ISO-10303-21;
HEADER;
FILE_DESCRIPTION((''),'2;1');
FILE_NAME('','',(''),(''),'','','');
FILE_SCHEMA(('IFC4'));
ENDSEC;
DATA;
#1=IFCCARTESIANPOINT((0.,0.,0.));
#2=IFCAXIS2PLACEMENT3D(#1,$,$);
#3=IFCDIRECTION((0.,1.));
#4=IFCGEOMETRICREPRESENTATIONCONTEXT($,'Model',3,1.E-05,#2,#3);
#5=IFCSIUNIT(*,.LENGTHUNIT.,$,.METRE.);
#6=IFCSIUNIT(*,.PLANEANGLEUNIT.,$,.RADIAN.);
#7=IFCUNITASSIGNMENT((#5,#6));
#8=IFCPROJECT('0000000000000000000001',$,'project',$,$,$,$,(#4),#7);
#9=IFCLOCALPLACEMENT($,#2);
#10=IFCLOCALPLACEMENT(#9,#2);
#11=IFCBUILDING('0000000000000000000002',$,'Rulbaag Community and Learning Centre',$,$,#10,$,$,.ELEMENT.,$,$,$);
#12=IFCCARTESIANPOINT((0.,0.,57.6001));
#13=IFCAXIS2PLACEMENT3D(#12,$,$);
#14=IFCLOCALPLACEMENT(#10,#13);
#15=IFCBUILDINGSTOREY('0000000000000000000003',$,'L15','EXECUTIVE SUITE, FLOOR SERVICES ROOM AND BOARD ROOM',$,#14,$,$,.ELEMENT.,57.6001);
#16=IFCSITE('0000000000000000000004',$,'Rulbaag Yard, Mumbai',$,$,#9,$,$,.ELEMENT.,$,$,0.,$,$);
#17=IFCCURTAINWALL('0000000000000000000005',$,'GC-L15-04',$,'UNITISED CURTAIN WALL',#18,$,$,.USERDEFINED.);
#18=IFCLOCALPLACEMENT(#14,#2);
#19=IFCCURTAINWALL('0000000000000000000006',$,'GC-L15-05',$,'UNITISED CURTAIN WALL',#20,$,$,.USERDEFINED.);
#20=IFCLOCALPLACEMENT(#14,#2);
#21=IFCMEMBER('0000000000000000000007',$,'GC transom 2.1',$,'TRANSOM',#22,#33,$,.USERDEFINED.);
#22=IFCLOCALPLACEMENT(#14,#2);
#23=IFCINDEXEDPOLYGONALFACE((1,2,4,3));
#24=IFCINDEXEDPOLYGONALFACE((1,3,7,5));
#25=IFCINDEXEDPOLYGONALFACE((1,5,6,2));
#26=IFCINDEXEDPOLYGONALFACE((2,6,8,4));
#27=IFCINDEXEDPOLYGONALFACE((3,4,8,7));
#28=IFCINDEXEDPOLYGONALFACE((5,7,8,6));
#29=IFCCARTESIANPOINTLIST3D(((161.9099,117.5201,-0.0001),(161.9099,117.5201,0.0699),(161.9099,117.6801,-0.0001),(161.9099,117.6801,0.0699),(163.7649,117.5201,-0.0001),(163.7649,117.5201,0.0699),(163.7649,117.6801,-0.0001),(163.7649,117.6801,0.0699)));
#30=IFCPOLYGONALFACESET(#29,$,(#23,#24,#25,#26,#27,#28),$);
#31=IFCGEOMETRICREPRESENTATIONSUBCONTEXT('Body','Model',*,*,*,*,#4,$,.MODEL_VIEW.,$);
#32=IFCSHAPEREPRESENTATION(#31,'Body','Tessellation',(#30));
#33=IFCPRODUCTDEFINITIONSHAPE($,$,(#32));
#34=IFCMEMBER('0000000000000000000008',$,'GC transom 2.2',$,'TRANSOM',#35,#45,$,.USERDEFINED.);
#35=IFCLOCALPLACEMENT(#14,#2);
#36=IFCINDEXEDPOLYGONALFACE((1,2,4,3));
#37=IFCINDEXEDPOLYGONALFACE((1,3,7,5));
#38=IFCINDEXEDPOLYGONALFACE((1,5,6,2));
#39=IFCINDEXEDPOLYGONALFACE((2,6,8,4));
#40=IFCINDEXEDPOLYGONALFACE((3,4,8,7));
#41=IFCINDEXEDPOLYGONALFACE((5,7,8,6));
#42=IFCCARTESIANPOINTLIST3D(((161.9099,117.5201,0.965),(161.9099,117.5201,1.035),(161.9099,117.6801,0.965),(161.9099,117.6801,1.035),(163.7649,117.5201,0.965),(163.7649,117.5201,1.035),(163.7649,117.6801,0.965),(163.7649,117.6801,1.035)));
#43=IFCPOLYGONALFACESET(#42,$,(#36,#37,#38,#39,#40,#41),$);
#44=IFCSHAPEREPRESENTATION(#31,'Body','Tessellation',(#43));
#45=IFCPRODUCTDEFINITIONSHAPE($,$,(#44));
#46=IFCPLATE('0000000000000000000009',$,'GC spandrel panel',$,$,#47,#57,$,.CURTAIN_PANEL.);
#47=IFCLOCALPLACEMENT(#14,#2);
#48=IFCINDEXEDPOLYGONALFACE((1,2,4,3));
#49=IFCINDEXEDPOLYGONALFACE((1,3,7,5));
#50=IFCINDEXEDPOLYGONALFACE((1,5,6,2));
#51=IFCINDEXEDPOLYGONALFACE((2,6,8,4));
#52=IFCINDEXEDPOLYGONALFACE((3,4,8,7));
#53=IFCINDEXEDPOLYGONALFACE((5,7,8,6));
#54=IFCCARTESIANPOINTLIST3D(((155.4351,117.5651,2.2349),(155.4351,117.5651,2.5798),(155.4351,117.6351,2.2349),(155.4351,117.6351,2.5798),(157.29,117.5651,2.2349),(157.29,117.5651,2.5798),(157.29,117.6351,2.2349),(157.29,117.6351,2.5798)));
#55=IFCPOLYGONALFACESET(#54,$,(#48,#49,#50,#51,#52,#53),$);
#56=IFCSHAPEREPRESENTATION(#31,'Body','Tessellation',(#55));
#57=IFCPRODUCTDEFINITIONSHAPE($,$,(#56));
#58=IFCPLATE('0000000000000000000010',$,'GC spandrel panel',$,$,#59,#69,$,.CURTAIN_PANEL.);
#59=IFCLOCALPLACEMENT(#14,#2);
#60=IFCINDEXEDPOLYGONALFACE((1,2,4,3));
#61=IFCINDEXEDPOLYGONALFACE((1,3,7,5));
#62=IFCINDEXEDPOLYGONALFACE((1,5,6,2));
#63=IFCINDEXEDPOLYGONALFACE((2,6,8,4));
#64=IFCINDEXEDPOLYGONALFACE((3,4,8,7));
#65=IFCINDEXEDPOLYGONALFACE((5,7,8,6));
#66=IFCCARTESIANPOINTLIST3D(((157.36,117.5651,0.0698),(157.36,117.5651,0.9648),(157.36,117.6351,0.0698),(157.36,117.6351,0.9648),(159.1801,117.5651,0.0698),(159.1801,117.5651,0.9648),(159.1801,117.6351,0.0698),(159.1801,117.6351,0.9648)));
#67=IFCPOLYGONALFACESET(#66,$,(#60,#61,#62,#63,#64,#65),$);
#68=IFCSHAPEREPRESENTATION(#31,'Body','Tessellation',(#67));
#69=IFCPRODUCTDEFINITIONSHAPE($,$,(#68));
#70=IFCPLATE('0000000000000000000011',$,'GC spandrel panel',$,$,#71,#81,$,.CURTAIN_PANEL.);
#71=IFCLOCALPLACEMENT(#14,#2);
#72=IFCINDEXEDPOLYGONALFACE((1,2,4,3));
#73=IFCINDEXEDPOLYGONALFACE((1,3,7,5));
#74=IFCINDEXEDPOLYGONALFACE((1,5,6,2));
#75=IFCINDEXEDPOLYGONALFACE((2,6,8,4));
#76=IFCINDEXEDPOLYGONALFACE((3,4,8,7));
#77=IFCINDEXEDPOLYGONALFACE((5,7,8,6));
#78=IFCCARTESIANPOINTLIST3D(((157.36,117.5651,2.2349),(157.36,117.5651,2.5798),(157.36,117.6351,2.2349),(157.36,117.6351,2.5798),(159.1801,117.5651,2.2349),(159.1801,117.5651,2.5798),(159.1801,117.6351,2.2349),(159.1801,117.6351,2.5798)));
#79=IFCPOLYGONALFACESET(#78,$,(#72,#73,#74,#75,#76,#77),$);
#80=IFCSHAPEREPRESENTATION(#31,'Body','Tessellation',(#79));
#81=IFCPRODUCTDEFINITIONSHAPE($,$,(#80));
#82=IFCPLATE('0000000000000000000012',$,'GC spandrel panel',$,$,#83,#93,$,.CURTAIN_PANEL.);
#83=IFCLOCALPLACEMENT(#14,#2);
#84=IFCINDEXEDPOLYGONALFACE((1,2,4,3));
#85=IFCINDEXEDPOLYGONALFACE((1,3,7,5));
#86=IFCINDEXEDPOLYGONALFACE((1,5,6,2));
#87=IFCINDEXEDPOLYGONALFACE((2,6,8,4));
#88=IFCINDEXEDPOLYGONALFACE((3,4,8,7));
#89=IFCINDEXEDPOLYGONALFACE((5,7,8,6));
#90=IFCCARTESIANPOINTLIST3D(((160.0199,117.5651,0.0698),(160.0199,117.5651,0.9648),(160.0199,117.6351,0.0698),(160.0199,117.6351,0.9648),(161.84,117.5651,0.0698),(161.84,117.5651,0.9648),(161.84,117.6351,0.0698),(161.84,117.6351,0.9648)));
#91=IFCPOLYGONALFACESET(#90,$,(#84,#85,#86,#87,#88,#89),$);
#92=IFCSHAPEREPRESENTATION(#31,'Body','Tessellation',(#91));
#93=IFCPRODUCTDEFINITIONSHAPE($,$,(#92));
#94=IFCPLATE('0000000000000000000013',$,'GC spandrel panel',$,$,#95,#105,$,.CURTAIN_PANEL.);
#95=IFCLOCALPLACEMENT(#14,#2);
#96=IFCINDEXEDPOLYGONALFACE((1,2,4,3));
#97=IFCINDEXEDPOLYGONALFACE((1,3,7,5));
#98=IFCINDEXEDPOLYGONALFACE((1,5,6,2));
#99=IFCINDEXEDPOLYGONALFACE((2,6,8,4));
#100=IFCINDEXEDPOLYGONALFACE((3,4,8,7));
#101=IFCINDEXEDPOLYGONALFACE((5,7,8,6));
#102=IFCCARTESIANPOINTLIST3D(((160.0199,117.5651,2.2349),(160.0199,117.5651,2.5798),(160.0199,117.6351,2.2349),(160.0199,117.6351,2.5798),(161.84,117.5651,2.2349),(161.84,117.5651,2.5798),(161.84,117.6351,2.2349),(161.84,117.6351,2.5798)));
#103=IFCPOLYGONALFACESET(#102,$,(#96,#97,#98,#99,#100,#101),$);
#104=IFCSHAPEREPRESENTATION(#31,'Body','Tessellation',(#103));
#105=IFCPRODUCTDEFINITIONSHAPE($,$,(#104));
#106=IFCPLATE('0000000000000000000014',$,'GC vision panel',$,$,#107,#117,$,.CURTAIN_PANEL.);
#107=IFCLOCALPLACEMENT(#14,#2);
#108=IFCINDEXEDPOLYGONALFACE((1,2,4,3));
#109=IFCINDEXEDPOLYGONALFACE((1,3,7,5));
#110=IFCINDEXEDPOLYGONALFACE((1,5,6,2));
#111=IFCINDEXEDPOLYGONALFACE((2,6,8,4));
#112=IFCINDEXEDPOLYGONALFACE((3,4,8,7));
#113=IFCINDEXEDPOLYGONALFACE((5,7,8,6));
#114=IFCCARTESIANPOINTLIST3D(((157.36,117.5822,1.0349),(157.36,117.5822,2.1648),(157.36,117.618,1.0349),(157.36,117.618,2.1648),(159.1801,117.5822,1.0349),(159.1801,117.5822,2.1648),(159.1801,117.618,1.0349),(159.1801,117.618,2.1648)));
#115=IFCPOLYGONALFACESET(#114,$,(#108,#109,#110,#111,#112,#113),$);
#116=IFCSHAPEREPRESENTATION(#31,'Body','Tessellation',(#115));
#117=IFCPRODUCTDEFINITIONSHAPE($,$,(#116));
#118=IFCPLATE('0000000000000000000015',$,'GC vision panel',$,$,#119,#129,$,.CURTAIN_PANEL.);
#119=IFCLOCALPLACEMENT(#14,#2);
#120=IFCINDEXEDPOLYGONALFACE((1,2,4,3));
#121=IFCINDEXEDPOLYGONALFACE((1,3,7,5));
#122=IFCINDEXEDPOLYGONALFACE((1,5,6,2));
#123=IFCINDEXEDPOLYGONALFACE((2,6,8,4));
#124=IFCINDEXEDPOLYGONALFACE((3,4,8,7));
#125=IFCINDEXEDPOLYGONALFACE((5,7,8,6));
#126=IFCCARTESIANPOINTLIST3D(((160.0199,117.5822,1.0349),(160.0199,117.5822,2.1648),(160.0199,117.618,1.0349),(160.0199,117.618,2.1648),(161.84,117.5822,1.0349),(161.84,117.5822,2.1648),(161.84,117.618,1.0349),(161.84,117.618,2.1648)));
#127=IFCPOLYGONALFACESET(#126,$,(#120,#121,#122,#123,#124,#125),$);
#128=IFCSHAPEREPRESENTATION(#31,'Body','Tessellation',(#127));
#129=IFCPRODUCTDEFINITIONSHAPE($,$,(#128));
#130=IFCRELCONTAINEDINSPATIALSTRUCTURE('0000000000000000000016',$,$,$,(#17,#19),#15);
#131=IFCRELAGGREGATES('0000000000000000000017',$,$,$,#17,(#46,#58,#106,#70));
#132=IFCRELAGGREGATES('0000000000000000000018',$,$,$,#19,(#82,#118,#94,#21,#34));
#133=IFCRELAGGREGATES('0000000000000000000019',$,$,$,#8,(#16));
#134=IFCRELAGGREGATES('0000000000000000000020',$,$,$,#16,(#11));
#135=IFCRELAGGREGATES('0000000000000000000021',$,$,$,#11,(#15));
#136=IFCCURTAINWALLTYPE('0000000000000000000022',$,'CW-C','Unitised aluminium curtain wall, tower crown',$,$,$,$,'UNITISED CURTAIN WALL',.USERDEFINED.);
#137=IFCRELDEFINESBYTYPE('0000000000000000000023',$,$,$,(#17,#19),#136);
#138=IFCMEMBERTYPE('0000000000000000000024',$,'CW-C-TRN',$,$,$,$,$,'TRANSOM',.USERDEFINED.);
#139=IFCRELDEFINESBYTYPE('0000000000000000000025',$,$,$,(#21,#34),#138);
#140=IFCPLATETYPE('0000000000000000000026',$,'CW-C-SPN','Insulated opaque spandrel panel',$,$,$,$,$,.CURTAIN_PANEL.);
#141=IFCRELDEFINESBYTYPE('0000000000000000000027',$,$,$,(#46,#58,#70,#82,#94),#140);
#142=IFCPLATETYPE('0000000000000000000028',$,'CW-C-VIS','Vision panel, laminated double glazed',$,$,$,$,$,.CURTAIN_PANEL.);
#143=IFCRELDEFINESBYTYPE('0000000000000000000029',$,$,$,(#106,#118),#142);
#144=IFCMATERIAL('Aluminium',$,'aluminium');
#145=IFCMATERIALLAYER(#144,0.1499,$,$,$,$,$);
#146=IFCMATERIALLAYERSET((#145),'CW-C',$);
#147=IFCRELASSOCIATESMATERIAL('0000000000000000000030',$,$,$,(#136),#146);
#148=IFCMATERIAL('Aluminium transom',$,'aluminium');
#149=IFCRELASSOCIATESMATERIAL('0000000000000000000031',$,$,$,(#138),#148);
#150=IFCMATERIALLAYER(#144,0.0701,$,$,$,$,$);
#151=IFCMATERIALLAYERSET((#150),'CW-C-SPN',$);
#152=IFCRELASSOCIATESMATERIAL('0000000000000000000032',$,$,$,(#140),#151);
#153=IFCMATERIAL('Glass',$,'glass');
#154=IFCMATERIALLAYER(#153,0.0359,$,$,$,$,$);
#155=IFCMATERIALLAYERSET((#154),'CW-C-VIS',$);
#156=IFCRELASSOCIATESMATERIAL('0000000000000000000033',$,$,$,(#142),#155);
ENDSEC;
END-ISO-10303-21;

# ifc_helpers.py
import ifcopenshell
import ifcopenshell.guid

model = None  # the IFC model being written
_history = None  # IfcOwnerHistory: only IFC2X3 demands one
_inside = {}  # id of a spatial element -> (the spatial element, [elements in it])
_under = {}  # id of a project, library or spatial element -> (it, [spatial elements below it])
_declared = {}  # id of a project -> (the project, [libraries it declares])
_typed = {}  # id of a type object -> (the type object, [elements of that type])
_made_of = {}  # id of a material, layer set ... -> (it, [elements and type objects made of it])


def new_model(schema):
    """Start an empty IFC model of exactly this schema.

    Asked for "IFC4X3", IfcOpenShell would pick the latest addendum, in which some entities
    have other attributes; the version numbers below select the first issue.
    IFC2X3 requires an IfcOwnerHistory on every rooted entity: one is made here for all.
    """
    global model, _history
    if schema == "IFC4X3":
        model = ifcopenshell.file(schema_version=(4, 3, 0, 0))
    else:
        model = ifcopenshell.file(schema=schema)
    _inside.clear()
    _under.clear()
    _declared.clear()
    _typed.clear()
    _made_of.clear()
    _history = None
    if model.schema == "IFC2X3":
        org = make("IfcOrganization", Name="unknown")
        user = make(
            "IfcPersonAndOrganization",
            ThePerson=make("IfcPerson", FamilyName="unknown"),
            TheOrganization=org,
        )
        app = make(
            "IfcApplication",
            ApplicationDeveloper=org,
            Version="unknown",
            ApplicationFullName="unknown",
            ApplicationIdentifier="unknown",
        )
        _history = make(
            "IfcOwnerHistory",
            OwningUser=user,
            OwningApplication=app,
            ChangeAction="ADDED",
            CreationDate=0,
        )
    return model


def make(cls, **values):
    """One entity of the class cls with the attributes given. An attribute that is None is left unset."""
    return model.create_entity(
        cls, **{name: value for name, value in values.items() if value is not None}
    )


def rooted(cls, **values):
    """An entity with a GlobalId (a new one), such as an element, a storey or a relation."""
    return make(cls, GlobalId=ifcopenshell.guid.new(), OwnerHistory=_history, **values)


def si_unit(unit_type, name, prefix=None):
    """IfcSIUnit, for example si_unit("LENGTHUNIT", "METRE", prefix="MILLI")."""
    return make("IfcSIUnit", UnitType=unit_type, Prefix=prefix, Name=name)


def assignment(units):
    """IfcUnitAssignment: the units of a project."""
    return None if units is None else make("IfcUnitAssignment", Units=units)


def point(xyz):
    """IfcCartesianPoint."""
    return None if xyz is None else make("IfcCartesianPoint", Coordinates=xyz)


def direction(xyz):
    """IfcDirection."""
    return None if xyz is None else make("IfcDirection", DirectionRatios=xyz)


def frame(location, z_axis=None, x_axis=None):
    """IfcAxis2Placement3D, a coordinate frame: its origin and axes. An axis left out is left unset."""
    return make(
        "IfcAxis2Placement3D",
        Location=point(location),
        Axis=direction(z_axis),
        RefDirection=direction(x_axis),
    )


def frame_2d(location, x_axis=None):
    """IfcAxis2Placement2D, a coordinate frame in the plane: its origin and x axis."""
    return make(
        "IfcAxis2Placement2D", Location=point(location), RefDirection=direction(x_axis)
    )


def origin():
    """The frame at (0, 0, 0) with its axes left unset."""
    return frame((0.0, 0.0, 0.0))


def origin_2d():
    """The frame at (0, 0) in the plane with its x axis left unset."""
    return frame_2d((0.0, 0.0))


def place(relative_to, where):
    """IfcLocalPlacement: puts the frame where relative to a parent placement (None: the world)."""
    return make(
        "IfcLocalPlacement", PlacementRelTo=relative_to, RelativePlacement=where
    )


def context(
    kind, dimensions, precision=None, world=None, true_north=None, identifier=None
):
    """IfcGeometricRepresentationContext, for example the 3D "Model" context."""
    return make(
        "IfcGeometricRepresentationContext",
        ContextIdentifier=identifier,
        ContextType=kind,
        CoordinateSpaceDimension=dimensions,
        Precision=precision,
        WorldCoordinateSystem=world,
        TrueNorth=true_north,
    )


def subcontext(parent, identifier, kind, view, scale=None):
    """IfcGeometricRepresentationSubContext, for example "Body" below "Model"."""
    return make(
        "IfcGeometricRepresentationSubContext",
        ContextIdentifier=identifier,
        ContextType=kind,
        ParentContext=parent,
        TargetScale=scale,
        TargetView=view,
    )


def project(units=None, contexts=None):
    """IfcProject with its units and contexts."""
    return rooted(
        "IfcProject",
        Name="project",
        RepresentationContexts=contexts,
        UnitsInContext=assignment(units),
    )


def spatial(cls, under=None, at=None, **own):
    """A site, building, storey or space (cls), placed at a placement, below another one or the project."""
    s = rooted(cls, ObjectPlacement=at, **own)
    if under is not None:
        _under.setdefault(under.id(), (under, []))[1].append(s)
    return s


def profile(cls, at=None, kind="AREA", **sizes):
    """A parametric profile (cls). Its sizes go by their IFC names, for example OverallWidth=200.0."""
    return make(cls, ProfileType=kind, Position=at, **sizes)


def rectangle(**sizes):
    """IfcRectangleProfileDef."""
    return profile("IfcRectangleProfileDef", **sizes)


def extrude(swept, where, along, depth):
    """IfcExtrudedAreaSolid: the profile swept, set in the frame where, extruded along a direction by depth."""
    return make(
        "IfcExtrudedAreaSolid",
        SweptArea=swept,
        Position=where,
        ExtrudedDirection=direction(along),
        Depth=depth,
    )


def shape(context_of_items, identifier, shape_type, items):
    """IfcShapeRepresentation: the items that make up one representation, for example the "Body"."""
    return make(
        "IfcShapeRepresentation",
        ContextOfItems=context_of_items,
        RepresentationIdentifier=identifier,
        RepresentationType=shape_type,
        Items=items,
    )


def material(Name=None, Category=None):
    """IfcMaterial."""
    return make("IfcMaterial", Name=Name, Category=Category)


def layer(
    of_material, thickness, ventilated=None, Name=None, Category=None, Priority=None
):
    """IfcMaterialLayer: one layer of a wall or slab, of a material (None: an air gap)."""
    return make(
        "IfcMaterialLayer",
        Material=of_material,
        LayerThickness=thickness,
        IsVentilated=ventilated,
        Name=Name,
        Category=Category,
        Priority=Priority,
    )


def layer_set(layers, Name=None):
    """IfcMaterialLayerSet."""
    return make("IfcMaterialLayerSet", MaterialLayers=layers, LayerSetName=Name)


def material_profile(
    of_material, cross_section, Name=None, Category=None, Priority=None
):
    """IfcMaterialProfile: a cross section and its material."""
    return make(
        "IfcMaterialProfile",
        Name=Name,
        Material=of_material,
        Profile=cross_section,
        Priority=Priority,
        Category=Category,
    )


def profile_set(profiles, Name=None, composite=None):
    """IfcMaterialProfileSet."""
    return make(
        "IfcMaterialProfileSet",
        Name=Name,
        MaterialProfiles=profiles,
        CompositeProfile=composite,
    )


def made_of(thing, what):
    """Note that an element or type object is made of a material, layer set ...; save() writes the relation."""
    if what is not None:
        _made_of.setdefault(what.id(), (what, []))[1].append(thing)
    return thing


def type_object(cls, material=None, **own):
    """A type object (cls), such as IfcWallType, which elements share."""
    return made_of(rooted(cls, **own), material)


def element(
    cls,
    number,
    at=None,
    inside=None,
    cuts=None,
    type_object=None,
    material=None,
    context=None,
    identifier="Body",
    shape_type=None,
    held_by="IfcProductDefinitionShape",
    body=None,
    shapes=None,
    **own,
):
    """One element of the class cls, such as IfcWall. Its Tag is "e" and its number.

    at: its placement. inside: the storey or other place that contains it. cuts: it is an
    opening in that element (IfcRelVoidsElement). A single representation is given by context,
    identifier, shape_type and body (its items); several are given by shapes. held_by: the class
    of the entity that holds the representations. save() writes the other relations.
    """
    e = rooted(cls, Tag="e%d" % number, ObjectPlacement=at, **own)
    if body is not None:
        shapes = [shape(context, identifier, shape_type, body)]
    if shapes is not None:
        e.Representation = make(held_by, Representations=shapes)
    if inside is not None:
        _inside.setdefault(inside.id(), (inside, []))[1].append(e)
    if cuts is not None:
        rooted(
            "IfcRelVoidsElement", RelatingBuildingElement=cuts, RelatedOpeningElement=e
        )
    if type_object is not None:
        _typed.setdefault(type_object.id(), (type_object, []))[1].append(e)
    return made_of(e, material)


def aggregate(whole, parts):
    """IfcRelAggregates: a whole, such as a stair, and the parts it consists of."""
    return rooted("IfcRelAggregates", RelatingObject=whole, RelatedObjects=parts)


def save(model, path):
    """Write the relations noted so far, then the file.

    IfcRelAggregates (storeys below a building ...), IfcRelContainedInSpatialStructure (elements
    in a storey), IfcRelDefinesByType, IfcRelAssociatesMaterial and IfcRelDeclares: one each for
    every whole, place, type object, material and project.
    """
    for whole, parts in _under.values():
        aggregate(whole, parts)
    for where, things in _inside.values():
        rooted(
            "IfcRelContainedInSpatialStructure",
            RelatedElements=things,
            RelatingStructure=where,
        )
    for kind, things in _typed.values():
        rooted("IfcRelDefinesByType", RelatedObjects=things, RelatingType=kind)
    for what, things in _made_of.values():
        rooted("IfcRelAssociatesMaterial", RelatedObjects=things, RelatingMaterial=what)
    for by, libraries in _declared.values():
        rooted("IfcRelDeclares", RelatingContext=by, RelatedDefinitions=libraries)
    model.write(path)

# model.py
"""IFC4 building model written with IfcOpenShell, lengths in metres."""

from ifc_helpers import new_model, si_unit, direction, frame, origin, origin_2d, place, context, subcontext, project, spatial, rectangle, extrude, material, layer, layer_set, material_profile, profile_set, type_object, element, aggregate, save


model = new_model("IFC4")

# Units and contexts
model_context = context("Model", 3, precision=1e-05, world=origin(), true_north=direction((0.0, 1.0)))
body_context = subcontext(model_context, "Body", "Model", "MODEL_VIEW")
ifc_project = project(units=[si_unit("LENGTHUNIT", "METRE"), si_unit("PLANEANGLEUNIT", "RADIAN")], contexts=[model_context])

# Site, building, storey
site_placement = place(None, origin())
site = spatial("IfcSite", under=ifc_project, at=site_placement, Name="Rulbaag Yard, Mumbai", CompositionType="ELEMENT", RefElevation=0.0)
building_placement = place(site_placement, origin())
building = spatial("IfcBuilding", under=site, at=building_placement, Name="Rulbaag Community and Learning Centre", CompositionType="ELEMENT")
storey_placement = place(building_placement, frame((0.0, 0.0, 57.6001)))
storey = spatial("IfcBuildingStorey", under=building, at=storey_placement, Name="L15", Description="EXECUTIVE SUITE, FLOOR SERVICES ROOM AND BOARD ROOM", CompositionType="ELEMENT", Elevation=57.6001)

# Curtain walls
ifc_material_1 = material(Name="Aluminium", Category="aluminium")
ifc_layer_1 = layer(ifc_material_1, 0.1499)
ifc_layer_set_1 = layer_set([ifc_layer_1], Name="CW-C")
curtain_wall_type = type_object("IfcCurtainWallType", Name="CW-C", Description="Unitised aluminium curtain wall, tower crown", ElementType="UNITISED CURTAIN WALL", PredefinedType="USERDEFINED", material=ifc_layer_set_1)
curtain_wall_1_placement = place(storey_placement, origin())
curtain_wall_1 = element("IfcCurtainWall", 1, at=curtain_wall_1_placement, inside=storey, type_object=curtain_wall_type, Name="GC-L15-04", ObjectType="UNITISED CURTAIN WALL", PredefinedType="USERDEFINED")
curtain_wall_2_placement = place(storey_placement, origin())
curtain_wall_2 = element("IfcCurtainWall", 2, at=curtain_wall_2_placement, inside=storey, type_object=curtain_wall_type, Name="GC-L15-05", ObjectType="UNITISED CURTAIN WALL", PredefinedType="USERDEFINED")

# Members
ifc_material_2 = material(Name="Aluminium transom", Category="aluminium")
ifc_material_profile_1 = material_profile(ifc_material_2, rectangle(XDim=0.1599, YDim=0.0701, at=origin_2d()), Name="AL 70x160 T")
ifc_profile_set_1 = profile_set([ifc_material_profile_1], Name="Aluminium transom")
member_type_1 = type_object("IfcMemberType", Name="CW-C-TRN", ElementType="TRANSOM", PredefinedType="USERDEFINED", material=ifc_profile_set_1)
member_1_placement = place(storey_placement, frame((161.9099, 117.6001, 0.0349), z_axis=(1.0, 0.0, 0.0), x_axis=(0.0, 1.0, 0.0)))
member_1 = element("IfcMember", 3, at=member_1_placement, type_object=member_type_1, Name="GC transom 2.1", ObjectType="TRANSOM", PredefinedType="USERDEFINED", context=body_context, shape_type="SweptSolid", body=[
    extrude(rectangle(XDim=0.1599, YDim=0.0701, at=origin_2d()), origin(), (0.0, 0.0, 1.0), 1.855),
])
member_2_placement = place(storey_placement, frame((161.9099, 117.6001, 1.0), z_axis=(1.0, 0.0, 0.0), x_axis=(0.0, 1.0, 0.0)))
member_2 = element("IfcMember", 4, at=member_2_placement, type_object=member_type_1, Name="GC transom 2.2", ObjectType="TRANSOM", PredefinedType="USERDEFINED", context=body_context, shape_type="SweptSolid", body=[
    extrude(rectangle(XDim=0.1599, YDim=0.0701, at=origin_2d()), origin(), (0.0, 0.0, 1.0), 1.855),
])

# Plates
ifc_layer_2 = layer(ifc_material_1, 0.0701)
ifc_layer_set_2 = layer_set([ifc_layer_2], Name="CW-C-SPN")
plate_type_1 = type_object("IfcPlateType", Name="CW-C-SPN", Description="Insulated opaque spandrel panel", PredefinedType="CURTAIN_PANEL", material=ifc_layer_set_2)
plate_1_placement = place(storey_placement, frame((156.3625, 117.6001, 2.2349), z_axis=(0.0, 0.0, 1.0), x_axis=(1.0, 0.0, 0.0)))
plate_1 = element("IfcPlate", 5, at=plate_1_placement, type_object=plate_type_1, Name="GC spandrel panel", PredefinedType="CURTAIN_PANEL", context=body_context, shape_type="SweptSolid", body=[
    extrude(rectangle(XDim=1.855, YDim=0.0701, at=origin_2d()), origin(), (0.0, 0.0, 1.0), 0.345),
])
plate_2_placement = place(storey_placement, frame((158.27, 117.6001, 0.0698), z_axis=(0.0, 0.0, 1.0), x_axis=(1.0, 0.0, 0.0)))
plate_2 = element("IfcPlate", 6, at=plate_2_placement, type_object=plate_type_1, Name="GC spandrel panel", PredefinedType="CURTAIN_PANEL", context=body_context, shape_type="SweptSolid", body=[
    extrude(rectangle(XDim=1.8201, YDim=0.0701, at=origin_2d()), origin(), (0.0, 0.0, 1.0), 0.895),
])
plate_3_placement = place(storey_placement, frame((158.27, 117.6001, 2.2349), z_axis=(0.0, 0.0, 1.0), x_axis=(1.0, 0.0, 0.0)))
plate_3 = element("IfcPlate", 7, at=plate_3_placement, type_object=plate_type_1, Name="GC spandrel panel", PredefinedType="CURTAIN_PANEL", context=body_context, shape_type="SweptSolid", body=[
    extrude(rectangle(XDim=1.8201, YDim=0.0701, at=origin_2d()), origin(), (0.0, 0.0, 1.0), 0.345),
])
plate_4_placement = place(storey_placement, frame((160.9299, 117.6001, 0.0698), z_axis=(0.0, 0.0, 1.0), x_axis=(1.0, 0.0, 0.0)))
plate_4 = element("IfcPlate", 8, at=plate_4_placement, type_object=plate_type_1, Name="GC spandrel panel", PredefinedType="CURTAIN_PANEL", context=body_context, shape_type="SweptSolid", body=[
    extrude(rectangle(XDim=1.8201, YDim=0.0701, at=origin_2d()), origin(), (0.0, 0.0, 1.0), 0.895),
])
plate_5_placement = place(storey_placement, frame((160.9299, 117.6001, 2.2349), z_axis=(0.0, 0.0, 1.0), x_axis=(1.0, 0.0, 0.0)))
plate_5 = element("IfcPlate", 9, at=plate_5_placement, type_object=plate_type_1, Name="GC spandrel panel", PredefinedType="CURTAIN_PANEL", context=body_context, shape_type="SweptSolid", body=[
    extrude(rectangle(XDim=1.8201, YDim=0.0701, at=origin_2d()), origin(), (0.0, 0.0, 1.0), 0.345),
])
ifc_material_3 = material(Name="Glass", Category="glass")
ifc_layer_3 = layer(ifc_material_3, 0.0359)
ifc_layer_set_3 = layer_set([ifc_layer_3], Name="CW-C-VIS")
plate_type_2 = type_object("IfcPlateType", Name="CW-C-VIS", Description="Vision panel, laminated double glazed", PredefinedType="CURTAIN_PANEL", material=ifc_layer_set_3)
plate_6_placement = place(storey_placement, frame((158.27, 117.6001, 1.0349), z_axis=(0.0, 0.0, 1.0), x_axis=(1.0, 0.0, 0.0)))
plate_6 = element("IfcPlate", 10, at=plate_6_placement, type_object=plate_type_2, Name="GC vision panel", PredefinedType="CURTAIN_PANEL", context=body_context, shape_type="SweptSolid", body=[
    extrude(rectangle(XDim=1.8201, YDim=0.0359, at=origin_2d()), origin(), (0.0, 0.0, 1.0), 1.1299),
])
aggregate(curtain_wall_1, [plate_1, plate_2, plate_6, plate_3])
plate_7_placement = place(storey_placement, frame((160.9299, 117.6001, 1.0349), z_axis=(0.0, 0.0, 1.0), x_axis=(1.0, 0.0, 0.0)))
plate_7 = element("IfcPlate", 11, at=plate_7_placement, type_object=plate_type_2, Name="GC vision panel", PredefinedType="CURTAIN_PANEL", context=body_context, shape_type="SweptSolid", body=[
    extrude(rectangle(XDim=1.8201, YDim=0.0359, at=origin_2d()), origin(), (0.0, 0.0, 1.0), 1.1299),
])
aggregate(curtain_wall_2, [plate_4, plate_7, plate_5, member_1, member_2])

save(model, "model.ifc")
